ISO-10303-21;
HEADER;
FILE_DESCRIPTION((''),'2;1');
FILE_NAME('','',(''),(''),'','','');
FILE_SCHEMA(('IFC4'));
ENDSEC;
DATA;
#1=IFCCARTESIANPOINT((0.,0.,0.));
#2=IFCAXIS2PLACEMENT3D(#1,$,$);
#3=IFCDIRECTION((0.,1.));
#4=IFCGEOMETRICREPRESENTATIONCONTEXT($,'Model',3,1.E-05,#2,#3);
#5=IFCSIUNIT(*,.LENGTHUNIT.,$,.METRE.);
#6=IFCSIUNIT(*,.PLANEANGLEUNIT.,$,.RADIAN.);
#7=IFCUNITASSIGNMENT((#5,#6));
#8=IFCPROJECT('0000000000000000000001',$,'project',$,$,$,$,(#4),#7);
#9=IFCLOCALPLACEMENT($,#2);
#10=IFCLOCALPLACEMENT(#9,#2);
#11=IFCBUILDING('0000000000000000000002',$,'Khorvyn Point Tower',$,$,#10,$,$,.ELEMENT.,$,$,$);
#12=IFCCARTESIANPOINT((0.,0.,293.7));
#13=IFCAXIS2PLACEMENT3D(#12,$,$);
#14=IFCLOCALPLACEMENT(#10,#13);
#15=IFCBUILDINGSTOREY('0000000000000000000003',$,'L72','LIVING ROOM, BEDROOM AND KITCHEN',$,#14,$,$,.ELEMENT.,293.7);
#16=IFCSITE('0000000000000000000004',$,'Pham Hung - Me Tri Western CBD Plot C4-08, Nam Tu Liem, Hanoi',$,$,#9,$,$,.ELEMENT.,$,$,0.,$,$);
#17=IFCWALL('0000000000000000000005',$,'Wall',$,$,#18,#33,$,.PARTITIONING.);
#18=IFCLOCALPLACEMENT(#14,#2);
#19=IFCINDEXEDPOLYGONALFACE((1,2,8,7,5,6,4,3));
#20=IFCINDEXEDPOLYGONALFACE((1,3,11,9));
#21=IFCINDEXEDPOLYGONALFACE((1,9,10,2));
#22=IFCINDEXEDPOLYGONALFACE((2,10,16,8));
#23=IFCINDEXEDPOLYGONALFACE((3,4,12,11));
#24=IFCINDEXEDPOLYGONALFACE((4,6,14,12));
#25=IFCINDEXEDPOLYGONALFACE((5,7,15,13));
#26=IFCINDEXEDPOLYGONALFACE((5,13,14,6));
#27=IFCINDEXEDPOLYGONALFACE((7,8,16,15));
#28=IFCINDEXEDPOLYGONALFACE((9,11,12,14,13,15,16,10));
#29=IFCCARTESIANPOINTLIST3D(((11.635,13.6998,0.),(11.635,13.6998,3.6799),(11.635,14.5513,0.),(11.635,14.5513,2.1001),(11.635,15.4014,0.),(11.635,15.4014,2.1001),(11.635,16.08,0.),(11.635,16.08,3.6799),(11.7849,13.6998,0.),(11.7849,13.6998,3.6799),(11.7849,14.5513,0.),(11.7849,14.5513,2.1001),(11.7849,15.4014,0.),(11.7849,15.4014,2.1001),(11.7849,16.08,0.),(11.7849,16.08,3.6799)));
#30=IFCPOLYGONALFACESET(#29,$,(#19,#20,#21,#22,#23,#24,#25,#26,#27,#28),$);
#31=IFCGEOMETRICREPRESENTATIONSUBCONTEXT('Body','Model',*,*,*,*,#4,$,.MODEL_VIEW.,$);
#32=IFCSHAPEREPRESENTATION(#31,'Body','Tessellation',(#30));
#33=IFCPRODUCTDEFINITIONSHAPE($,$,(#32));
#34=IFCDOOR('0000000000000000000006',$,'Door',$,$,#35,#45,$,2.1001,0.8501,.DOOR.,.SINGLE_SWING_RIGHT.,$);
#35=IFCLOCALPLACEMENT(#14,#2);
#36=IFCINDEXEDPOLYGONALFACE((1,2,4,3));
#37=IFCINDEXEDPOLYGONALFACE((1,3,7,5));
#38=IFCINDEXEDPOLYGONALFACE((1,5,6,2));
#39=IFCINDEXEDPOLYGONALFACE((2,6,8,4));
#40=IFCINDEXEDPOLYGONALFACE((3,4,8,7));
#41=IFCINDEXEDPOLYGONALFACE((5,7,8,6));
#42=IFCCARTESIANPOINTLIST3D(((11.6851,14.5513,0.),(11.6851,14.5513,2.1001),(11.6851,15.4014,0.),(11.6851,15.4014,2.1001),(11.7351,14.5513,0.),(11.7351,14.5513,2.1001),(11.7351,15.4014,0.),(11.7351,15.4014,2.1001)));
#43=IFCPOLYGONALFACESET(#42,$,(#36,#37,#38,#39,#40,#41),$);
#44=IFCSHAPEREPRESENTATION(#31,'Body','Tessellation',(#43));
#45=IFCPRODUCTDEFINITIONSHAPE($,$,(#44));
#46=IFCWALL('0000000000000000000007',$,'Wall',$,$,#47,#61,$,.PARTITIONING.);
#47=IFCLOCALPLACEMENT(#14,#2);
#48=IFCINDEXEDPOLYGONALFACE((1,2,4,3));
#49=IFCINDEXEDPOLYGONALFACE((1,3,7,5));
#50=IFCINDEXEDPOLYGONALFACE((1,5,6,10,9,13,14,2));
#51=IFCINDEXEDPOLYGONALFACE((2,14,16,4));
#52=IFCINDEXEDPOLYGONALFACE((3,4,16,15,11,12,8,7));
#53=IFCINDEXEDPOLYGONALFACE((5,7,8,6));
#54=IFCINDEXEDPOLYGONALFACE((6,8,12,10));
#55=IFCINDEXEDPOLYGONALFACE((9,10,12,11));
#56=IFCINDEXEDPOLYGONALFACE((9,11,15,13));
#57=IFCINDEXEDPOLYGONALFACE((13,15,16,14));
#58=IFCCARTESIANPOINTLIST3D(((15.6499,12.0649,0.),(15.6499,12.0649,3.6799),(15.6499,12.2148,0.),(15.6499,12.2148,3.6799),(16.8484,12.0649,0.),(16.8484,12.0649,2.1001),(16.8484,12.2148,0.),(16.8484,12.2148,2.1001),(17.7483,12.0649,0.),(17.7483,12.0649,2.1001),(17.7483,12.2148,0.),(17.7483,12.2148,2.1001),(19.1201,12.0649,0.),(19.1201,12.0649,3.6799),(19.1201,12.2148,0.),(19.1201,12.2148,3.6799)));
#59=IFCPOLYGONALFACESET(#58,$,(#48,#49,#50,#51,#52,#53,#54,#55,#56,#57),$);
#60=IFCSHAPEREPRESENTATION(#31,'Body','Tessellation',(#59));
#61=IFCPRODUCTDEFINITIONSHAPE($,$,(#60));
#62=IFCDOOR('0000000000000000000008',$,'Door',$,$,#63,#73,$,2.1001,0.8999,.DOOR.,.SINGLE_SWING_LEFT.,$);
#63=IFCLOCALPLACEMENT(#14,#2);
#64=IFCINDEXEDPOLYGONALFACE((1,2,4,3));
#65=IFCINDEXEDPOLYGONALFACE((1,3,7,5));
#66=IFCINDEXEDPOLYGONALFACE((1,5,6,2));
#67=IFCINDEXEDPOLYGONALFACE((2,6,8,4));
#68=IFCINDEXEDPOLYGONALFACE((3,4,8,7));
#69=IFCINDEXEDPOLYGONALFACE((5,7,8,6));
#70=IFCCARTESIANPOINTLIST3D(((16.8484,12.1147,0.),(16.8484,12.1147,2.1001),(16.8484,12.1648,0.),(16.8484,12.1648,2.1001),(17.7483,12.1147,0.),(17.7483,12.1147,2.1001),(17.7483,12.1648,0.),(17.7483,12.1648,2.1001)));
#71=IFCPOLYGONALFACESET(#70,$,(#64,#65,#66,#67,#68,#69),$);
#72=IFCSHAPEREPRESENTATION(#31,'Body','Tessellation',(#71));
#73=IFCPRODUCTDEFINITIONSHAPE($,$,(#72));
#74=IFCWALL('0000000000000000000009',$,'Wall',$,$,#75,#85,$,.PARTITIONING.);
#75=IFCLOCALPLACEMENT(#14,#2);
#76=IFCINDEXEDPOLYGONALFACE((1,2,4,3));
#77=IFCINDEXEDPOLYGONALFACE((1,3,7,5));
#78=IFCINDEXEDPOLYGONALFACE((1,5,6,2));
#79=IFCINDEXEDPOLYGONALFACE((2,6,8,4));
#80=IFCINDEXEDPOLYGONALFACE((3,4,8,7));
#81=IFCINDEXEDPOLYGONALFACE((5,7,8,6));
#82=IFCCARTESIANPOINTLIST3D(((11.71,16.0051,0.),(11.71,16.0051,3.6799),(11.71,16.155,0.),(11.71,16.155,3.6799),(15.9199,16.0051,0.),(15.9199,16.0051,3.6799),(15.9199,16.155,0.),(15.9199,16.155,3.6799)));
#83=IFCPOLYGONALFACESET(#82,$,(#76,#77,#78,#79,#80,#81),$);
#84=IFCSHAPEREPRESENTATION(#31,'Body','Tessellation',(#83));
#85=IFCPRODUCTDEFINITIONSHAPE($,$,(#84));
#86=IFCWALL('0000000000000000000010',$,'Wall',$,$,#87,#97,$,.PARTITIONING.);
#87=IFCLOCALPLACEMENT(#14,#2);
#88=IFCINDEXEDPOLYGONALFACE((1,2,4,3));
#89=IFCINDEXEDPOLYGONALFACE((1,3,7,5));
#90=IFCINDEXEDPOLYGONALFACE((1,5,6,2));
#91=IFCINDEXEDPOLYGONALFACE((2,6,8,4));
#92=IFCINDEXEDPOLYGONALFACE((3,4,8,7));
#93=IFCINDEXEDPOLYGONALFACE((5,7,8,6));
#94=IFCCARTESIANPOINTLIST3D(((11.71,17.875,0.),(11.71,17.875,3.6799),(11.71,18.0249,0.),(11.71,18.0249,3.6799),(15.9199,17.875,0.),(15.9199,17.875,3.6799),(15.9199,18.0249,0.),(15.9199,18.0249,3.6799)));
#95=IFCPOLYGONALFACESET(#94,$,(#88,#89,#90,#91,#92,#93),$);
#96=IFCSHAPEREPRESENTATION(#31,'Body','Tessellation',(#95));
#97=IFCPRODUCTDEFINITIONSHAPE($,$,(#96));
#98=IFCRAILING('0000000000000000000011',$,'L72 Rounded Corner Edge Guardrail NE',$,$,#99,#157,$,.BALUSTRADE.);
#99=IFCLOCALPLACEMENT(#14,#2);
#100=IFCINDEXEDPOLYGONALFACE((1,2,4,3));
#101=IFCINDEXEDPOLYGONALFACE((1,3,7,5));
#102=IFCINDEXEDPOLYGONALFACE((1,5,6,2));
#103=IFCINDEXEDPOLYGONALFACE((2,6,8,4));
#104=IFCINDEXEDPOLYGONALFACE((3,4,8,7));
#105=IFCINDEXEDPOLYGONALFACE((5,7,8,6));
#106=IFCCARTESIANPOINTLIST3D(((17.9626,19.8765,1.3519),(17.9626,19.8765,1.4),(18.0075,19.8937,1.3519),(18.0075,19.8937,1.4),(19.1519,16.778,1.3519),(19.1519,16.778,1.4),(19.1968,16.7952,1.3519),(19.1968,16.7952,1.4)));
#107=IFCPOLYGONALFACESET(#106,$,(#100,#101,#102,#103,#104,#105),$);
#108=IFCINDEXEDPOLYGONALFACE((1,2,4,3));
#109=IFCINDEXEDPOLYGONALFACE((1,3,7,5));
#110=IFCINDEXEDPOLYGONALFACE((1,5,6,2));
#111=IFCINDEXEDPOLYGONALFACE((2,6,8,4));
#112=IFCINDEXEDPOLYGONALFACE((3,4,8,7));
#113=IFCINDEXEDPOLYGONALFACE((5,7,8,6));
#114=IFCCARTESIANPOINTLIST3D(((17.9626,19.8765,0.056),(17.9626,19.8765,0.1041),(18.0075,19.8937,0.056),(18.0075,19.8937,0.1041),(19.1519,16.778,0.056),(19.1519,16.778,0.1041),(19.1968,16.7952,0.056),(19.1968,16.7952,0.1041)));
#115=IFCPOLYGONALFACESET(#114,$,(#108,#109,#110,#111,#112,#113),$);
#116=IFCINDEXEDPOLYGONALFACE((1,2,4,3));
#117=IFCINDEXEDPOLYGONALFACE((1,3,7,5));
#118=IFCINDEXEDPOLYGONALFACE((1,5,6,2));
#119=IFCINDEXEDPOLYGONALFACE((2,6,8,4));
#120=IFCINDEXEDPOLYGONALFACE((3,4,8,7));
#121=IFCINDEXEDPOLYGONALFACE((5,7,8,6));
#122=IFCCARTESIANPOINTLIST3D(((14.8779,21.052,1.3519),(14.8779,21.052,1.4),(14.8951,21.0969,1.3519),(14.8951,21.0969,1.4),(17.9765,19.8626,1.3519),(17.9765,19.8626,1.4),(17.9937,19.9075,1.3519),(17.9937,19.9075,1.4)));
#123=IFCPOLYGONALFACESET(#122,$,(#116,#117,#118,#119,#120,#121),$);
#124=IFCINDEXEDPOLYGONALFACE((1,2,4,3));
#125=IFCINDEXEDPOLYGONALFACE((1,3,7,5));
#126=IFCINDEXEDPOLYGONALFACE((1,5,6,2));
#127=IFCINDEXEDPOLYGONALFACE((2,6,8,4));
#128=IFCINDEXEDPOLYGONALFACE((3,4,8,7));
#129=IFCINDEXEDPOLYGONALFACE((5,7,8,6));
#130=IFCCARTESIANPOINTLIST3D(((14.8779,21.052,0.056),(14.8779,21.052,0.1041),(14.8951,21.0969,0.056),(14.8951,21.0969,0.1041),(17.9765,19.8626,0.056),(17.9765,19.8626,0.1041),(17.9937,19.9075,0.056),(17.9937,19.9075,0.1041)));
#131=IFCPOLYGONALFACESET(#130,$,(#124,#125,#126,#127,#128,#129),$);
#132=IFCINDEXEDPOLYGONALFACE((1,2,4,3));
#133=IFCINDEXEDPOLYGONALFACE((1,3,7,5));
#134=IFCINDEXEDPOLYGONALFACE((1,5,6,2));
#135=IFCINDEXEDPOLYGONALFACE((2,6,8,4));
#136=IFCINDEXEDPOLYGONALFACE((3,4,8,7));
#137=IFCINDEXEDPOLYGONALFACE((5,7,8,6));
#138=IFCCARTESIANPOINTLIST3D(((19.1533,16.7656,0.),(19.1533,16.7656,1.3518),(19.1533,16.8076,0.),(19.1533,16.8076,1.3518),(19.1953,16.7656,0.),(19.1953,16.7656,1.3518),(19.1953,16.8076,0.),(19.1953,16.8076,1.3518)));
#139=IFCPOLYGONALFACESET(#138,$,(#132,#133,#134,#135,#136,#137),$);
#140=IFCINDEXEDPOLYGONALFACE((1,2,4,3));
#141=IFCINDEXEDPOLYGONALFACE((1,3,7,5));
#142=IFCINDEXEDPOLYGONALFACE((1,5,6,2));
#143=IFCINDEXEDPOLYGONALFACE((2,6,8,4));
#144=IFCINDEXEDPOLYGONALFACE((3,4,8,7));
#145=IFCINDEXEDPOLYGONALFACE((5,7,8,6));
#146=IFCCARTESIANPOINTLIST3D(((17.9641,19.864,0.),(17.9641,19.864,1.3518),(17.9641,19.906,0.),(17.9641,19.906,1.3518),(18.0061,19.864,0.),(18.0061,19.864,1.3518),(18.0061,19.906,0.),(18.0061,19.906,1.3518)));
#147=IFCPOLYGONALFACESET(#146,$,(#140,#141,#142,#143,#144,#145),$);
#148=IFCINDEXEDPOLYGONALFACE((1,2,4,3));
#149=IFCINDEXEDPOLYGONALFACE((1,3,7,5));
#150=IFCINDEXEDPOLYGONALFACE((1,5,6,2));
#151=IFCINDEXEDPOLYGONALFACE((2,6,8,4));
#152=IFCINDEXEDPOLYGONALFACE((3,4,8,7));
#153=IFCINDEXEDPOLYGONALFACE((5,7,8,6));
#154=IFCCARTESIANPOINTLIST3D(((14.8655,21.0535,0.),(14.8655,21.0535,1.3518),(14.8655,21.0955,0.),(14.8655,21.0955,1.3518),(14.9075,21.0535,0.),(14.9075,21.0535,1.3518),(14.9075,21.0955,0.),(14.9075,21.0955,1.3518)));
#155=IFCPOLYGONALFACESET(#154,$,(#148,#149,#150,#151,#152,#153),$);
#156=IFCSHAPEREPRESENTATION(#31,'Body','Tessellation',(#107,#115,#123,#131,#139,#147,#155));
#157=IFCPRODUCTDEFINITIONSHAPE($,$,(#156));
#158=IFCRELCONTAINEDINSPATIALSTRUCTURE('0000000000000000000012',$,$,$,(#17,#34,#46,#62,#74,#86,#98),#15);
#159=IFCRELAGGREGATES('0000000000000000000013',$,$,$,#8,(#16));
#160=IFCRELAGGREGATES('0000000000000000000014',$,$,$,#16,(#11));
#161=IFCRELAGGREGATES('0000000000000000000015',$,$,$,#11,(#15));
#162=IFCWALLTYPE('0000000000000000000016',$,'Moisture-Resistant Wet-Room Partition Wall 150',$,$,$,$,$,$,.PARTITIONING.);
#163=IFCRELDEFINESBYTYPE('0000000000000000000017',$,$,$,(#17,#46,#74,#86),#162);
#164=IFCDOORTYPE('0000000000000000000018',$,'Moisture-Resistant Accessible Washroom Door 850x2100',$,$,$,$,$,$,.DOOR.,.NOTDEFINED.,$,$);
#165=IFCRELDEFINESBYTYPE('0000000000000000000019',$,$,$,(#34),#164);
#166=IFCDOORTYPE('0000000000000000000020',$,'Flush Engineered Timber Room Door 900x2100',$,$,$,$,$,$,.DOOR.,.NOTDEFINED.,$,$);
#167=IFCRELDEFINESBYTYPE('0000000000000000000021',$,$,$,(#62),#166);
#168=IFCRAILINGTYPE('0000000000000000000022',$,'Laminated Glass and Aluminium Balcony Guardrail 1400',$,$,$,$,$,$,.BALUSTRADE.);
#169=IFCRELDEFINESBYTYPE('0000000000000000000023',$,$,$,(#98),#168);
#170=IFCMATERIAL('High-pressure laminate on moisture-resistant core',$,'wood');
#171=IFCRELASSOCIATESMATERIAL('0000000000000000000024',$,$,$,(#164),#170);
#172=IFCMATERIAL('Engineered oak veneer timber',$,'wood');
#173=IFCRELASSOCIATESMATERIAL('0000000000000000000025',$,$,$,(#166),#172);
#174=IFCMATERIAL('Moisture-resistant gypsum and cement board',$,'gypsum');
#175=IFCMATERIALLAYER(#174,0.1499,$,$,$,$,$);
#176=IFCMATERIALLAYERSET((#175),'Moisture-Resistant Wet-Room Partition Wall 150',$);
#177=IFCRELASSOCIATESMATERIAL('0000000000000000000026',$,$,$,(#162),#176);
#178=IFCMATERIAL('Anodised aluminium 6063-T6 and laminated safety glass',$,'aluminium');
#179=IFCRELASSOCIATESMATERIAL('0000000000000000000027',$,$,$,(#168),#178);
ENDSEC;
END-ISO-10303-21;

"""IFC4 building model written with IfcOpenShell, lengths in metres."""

from ifc_helpers import new_model, si_unit, direction, frame, frame_2d, origin, origin_2d, place, context, subcontext, project, spatial, rectangle, extrude, material, layer, layer_set, type_object, element, fill, save


model = new_model("IFC4")

# Units and contexts
model_context = context("Model", 3, precision=1e-05, world=origin(), true_north=direction((0.0, 1.0)))
body_context = subcontext(model_context, "Body", "Model", "MODEL_VIEW")
ifc_project = project(units=[si_unit("LENGTHUNIT", "METRE"), si_unit("PLANEANGLEUNIT", "RADIAN")], contexts=[model_context])

# Site, building, storey
site_placement = place(None, origin())
site = spatial("IfcSite", under=ifc_project, at=site_placement, Name="Pham Hung - Me Tri Western CBD Plot C4-08, Nam Tu Liem, Hanoi", CompositionType="ELEMENT", RefElevation=0.0)
building_placement = place(site_placement, origin())
building = spatial("IfcBuilding", under=site, at=building_placement, Name="Khorvyn Point Tower", CompositionType="ELEMENT")
storey_placement = place(building_placement, frame((0.0, 0.0, 293.7)))
storey = spatial("IfcBuildingStorey", under=building, at=storey_placement, Name="L72", Description="LIVING ROOM, BEDROOM AND KITCHEN", CompositionType="ELEMENT", Elevation=293.7)

# Walls, openings, doors
ifc_material_1 = material(Name="High-pressure laminate on moisture-resistant core", Category="wood")
door_type_1 = type_object("IfcDoorType", Name="Moisture-Resistant Accessible Washroom Door 850x2100", OperationType="NOTDEFINED", PredefinedType="DOOR", material=ifc_material_1)
ifc_material_2 = material(Name="Engineered oak veneer timber", Category="wood")
door_type_2 = type_object("IfcDoorType", Name="Flush Engineered Timber Room Door 900x2100", OperationType="NOTDEFINED", PredefinedType="DOOR", material=ifc_material_2)
ifc_material_3 = material(Name="Moisture-resistant gypsum and cement board", Category="gypsum")
ifc_layer_1 = layer(ifc_material_3, 0.1499)
ifc_layer_set_1 = layer_set([ifc_layer_1], Name="Moisture-Resistant Wet-Room Partition Wall 150")
wall_type_1 = type_object("IfcWallType", Name="Moisture-Resistant Wet-Room Partition Wall 150", PredefinedType="PARTITIONING", material=ifc_layer_set_1)
wall_1_placement = place(storey_placement, frame((11.71, 13.7, 0.0), z_axis=(0.0, 0.0, 1.0), x_axis=(0.0, 1.0, 0.0)))
wall_1 = element("IfcWall", 1, at=wall_1_placement, inside=storey, type_object=wall_type_1, Name="Wall", PredefinedType="PARTITIONING", context=body_context, shape_type="SweptSolid", body=[
    extrude(rectangle(XDim=2.3801, YDim=0.1499, at=frame_2d((1.1899, 0.0))), origin(), (0.0, 0.0, 1.0), 3.6799),
])
opening_1_placement = place(wall_1_placement, frame((0.8513, 0.0, 0.0)))
opening_1 = element("IfcOpeningElement", 2, at=opening_1_placement, cuts=wall_1, PredefinedType="OPENING", context=body_context, shape_type="SweptSolid", body=[
    extrude(rectangle(XDim=0.8501, YDim=2.1001, at=frame_2d((0.425, 1.05))), frame((0.0, 0.085, 0.0), z_axis=(0.0, -1.0, 0.0), x_axis=(1.0, 0.0, 0.0)), (0.0, 0.0, 1.0), 0.1699),
])
door_1_placement = place(opening_1_placement, origin())
door_1 = element("IfcDoor", 3, at=door_1_placement, inside=storey, type_object=door_type_1, Name="Door", OperationType="SINGLE_SWING_RIGHT", OverallHeight=2.1001, OverallWidth=0.8501, PredefinedType="DOOR", context=body_context, shape_type="SweptSolid", body=[
    extrude(rectangle(XDim=0.8501, YDim=2.1001, at=frame_2d((0.425, 1.05))), frame((0.0, 0.0249, 0.0), z_axis=(0.0, -1.0, 0.0), x_axis=(1.0, 0.0, 0.0)), (0.0, 0.0, 1.0), 0.05),
])
fill(opening_1, door_1)
wall_2_placement = place(storey_placement, frame((15.6499, 12.1399, 0.0), z_axis=(0.0, 0.0, 1.0), x_axis=(1.0, 0.0, 0.0)))
wall_2 = element("IfcWall", 4, at=wall_2_placement, inside=storey, type_object=wall_type_1, Name="Wall", PredefinedType="PARTITIONING", context=body_context, shape_type="SweptSolid", body=[
    extrude(rectangle(XDim=3.4702, YDim=0.1499, at=frame_2d((1.7351, 0.0))), origin(), (0.0, 0.0, 1.0), 3.6799),
])
opening_2_placement = place(wall_2_placement, frame((1.1985, 0.0, 0.0)))
opening_2 = element("IfcOpeningElement", 5, at=opening_2_placement, cuts=wall_2, PredefinedType="OPENING", context=body_context, shape_type="SweptSolid", body=[
    extrude(rectangle(XDim=0.8999, YDim=2.1001, at=frame_2d((0.45, 1.05))), frame((0.0, 0.085, 0.0), z_axis=(0.0, -1.0, 0.0), x_axis=(1.0, 0.0, 0.0)), (0.0, 0.0, 1.0), 0.1699),
])
door_2_placement = place(opening_2_placement, origin())
door_2 = element("IfcDoor", 6, at=door_2_placement, inside=storey, type_object=door_type_2, Name="Door", OperationType="SINGLE_SWING_LEFT", OverallHeight=2.1001, OverallWidth=0.8999, PredefinedType="DOOR", context=body_context, shape_type="SweptSolid", body=[
    extrude(rectangle(XDim=0.8999, YDim=2.1001, at=frame_2d((0.45, 1.05))), frame((0.0, 0.0249, 0.0), z_axis=(0.0, -1.0, 0.0), x_axis=(1.0, 0.0, 0.0)), (0.0, 0.0, 1.0), 0.05),
])
fill(opening_2, door_2)

# Walls
for number, where, z_axis, x_axis, name in (
    (7, (11.71, 16.0801, 0.0), (0.0, 0.0, 1.0), (1.0, 0.0, 0.0), "Wall"),
    (8, (11.71, 17.95, 0.0), (0.0, 0.0, 1.0), (1.0, 0.0, 0.0), "Wall"),
):
    element("IfcWall", number, at=place(storey_placement, frame(where, z_axis=z_axis, x_axis=x_axis)), inside=storey, type_object=wall_type_1, Name=name, PredefinedType="PARTITIONING", context=body_context, shape_type="SweptSolid", body=[
        extrude(rectangle(XDim=4.21, YDim=0.1499, at=frame_2d((2.105, 0.0))), origin(), (0.0, 0.0, 1.0), 3.6799),
    ])

# Railing
ifc_material_4 = material(Name="Anodised aluminium 6063-T6 and laminated safety glass", Category="aluminium")
railing_type = type_object("IfcRailingType", Name="Laminated Glass and Aluminium Balcony Guardrail 1400", PredefinedType="BALUSTRADE", material=ifc_material_4)
railing_1_placement = place(storey_placement, frame((19.1743, 16.7866, 0.0)))
element("IfcRailing", 9, at=railing_1_placement, inside=storey, type_object=railing_type, Name="L72 Rounded Corner Edge Guardrail NE", PredefinedType="BALUSTRADE", context=body_context, shape_type="SweptSolid", body=[
    extrude(rectangle(XDim=0.0481, YDim=0.0481, at=origin_2d()), frame((0.0, 0.0, 1.376), z_axis=(-0.358328, 0.933596, 0.0), x_axis=(-0.933596, -0.358328, 0.0)), (0.0, 0.0, 1.0), 3.3188),
    extrude(rectangle(XDim=0.0481, YDim=0.0481, at=origin_2d()), frame((0.0, 0.0, 0.0801), z_axis=(-0.358328, 0.933596, 0.0), x_axis=(-0.933596, -0.358328, 0.0)), (0.0, 0.0, 1.0), 3.3188),
    extrude(rectangle(XDim=0.0481, YDim=0.0481, at=origin_2d()), frame((-1.1892, 3.0984, 1.376), z_axis=(-0.93358, 0.358368, 0.0), x_axis=(-0.358368, -0.93358, 0.0)), (0.0, 0.0, 1.0), 3.3191),
    extrude(rectangle(XDim=0.0481, YDim=0.0481, at=origin_2d()), frame((-1.1892, 3.0984, 0.0801), z_axis=(-0.93358, 0.358368, 0.0), x_axis=(-0.358368, -0.93358, 0.0)), (0.0, 0.0, 1.0), 3.3191),
    extrude(rectangle(XDim=0.042, YDim=0.042, at=origin_2d()), origin(), (0.0, 0.0, 1.0), 1.3518),
    extrude(rectangle(XDim=0.042, YDim=0.042, at=origin_2d()), frame((-1.1892, 3.0984, 0.0)), (0.0, 0.0, 1.0), 1.3518),
    extrude(rectangle(XDim=0.042, YDim=0.042, at=origin_2d()), frame((-4.2878, 4.2878, 0.0)), (0.0, 0.0, 1.0), 1.3518),
])

save(model, "model.ifc")
